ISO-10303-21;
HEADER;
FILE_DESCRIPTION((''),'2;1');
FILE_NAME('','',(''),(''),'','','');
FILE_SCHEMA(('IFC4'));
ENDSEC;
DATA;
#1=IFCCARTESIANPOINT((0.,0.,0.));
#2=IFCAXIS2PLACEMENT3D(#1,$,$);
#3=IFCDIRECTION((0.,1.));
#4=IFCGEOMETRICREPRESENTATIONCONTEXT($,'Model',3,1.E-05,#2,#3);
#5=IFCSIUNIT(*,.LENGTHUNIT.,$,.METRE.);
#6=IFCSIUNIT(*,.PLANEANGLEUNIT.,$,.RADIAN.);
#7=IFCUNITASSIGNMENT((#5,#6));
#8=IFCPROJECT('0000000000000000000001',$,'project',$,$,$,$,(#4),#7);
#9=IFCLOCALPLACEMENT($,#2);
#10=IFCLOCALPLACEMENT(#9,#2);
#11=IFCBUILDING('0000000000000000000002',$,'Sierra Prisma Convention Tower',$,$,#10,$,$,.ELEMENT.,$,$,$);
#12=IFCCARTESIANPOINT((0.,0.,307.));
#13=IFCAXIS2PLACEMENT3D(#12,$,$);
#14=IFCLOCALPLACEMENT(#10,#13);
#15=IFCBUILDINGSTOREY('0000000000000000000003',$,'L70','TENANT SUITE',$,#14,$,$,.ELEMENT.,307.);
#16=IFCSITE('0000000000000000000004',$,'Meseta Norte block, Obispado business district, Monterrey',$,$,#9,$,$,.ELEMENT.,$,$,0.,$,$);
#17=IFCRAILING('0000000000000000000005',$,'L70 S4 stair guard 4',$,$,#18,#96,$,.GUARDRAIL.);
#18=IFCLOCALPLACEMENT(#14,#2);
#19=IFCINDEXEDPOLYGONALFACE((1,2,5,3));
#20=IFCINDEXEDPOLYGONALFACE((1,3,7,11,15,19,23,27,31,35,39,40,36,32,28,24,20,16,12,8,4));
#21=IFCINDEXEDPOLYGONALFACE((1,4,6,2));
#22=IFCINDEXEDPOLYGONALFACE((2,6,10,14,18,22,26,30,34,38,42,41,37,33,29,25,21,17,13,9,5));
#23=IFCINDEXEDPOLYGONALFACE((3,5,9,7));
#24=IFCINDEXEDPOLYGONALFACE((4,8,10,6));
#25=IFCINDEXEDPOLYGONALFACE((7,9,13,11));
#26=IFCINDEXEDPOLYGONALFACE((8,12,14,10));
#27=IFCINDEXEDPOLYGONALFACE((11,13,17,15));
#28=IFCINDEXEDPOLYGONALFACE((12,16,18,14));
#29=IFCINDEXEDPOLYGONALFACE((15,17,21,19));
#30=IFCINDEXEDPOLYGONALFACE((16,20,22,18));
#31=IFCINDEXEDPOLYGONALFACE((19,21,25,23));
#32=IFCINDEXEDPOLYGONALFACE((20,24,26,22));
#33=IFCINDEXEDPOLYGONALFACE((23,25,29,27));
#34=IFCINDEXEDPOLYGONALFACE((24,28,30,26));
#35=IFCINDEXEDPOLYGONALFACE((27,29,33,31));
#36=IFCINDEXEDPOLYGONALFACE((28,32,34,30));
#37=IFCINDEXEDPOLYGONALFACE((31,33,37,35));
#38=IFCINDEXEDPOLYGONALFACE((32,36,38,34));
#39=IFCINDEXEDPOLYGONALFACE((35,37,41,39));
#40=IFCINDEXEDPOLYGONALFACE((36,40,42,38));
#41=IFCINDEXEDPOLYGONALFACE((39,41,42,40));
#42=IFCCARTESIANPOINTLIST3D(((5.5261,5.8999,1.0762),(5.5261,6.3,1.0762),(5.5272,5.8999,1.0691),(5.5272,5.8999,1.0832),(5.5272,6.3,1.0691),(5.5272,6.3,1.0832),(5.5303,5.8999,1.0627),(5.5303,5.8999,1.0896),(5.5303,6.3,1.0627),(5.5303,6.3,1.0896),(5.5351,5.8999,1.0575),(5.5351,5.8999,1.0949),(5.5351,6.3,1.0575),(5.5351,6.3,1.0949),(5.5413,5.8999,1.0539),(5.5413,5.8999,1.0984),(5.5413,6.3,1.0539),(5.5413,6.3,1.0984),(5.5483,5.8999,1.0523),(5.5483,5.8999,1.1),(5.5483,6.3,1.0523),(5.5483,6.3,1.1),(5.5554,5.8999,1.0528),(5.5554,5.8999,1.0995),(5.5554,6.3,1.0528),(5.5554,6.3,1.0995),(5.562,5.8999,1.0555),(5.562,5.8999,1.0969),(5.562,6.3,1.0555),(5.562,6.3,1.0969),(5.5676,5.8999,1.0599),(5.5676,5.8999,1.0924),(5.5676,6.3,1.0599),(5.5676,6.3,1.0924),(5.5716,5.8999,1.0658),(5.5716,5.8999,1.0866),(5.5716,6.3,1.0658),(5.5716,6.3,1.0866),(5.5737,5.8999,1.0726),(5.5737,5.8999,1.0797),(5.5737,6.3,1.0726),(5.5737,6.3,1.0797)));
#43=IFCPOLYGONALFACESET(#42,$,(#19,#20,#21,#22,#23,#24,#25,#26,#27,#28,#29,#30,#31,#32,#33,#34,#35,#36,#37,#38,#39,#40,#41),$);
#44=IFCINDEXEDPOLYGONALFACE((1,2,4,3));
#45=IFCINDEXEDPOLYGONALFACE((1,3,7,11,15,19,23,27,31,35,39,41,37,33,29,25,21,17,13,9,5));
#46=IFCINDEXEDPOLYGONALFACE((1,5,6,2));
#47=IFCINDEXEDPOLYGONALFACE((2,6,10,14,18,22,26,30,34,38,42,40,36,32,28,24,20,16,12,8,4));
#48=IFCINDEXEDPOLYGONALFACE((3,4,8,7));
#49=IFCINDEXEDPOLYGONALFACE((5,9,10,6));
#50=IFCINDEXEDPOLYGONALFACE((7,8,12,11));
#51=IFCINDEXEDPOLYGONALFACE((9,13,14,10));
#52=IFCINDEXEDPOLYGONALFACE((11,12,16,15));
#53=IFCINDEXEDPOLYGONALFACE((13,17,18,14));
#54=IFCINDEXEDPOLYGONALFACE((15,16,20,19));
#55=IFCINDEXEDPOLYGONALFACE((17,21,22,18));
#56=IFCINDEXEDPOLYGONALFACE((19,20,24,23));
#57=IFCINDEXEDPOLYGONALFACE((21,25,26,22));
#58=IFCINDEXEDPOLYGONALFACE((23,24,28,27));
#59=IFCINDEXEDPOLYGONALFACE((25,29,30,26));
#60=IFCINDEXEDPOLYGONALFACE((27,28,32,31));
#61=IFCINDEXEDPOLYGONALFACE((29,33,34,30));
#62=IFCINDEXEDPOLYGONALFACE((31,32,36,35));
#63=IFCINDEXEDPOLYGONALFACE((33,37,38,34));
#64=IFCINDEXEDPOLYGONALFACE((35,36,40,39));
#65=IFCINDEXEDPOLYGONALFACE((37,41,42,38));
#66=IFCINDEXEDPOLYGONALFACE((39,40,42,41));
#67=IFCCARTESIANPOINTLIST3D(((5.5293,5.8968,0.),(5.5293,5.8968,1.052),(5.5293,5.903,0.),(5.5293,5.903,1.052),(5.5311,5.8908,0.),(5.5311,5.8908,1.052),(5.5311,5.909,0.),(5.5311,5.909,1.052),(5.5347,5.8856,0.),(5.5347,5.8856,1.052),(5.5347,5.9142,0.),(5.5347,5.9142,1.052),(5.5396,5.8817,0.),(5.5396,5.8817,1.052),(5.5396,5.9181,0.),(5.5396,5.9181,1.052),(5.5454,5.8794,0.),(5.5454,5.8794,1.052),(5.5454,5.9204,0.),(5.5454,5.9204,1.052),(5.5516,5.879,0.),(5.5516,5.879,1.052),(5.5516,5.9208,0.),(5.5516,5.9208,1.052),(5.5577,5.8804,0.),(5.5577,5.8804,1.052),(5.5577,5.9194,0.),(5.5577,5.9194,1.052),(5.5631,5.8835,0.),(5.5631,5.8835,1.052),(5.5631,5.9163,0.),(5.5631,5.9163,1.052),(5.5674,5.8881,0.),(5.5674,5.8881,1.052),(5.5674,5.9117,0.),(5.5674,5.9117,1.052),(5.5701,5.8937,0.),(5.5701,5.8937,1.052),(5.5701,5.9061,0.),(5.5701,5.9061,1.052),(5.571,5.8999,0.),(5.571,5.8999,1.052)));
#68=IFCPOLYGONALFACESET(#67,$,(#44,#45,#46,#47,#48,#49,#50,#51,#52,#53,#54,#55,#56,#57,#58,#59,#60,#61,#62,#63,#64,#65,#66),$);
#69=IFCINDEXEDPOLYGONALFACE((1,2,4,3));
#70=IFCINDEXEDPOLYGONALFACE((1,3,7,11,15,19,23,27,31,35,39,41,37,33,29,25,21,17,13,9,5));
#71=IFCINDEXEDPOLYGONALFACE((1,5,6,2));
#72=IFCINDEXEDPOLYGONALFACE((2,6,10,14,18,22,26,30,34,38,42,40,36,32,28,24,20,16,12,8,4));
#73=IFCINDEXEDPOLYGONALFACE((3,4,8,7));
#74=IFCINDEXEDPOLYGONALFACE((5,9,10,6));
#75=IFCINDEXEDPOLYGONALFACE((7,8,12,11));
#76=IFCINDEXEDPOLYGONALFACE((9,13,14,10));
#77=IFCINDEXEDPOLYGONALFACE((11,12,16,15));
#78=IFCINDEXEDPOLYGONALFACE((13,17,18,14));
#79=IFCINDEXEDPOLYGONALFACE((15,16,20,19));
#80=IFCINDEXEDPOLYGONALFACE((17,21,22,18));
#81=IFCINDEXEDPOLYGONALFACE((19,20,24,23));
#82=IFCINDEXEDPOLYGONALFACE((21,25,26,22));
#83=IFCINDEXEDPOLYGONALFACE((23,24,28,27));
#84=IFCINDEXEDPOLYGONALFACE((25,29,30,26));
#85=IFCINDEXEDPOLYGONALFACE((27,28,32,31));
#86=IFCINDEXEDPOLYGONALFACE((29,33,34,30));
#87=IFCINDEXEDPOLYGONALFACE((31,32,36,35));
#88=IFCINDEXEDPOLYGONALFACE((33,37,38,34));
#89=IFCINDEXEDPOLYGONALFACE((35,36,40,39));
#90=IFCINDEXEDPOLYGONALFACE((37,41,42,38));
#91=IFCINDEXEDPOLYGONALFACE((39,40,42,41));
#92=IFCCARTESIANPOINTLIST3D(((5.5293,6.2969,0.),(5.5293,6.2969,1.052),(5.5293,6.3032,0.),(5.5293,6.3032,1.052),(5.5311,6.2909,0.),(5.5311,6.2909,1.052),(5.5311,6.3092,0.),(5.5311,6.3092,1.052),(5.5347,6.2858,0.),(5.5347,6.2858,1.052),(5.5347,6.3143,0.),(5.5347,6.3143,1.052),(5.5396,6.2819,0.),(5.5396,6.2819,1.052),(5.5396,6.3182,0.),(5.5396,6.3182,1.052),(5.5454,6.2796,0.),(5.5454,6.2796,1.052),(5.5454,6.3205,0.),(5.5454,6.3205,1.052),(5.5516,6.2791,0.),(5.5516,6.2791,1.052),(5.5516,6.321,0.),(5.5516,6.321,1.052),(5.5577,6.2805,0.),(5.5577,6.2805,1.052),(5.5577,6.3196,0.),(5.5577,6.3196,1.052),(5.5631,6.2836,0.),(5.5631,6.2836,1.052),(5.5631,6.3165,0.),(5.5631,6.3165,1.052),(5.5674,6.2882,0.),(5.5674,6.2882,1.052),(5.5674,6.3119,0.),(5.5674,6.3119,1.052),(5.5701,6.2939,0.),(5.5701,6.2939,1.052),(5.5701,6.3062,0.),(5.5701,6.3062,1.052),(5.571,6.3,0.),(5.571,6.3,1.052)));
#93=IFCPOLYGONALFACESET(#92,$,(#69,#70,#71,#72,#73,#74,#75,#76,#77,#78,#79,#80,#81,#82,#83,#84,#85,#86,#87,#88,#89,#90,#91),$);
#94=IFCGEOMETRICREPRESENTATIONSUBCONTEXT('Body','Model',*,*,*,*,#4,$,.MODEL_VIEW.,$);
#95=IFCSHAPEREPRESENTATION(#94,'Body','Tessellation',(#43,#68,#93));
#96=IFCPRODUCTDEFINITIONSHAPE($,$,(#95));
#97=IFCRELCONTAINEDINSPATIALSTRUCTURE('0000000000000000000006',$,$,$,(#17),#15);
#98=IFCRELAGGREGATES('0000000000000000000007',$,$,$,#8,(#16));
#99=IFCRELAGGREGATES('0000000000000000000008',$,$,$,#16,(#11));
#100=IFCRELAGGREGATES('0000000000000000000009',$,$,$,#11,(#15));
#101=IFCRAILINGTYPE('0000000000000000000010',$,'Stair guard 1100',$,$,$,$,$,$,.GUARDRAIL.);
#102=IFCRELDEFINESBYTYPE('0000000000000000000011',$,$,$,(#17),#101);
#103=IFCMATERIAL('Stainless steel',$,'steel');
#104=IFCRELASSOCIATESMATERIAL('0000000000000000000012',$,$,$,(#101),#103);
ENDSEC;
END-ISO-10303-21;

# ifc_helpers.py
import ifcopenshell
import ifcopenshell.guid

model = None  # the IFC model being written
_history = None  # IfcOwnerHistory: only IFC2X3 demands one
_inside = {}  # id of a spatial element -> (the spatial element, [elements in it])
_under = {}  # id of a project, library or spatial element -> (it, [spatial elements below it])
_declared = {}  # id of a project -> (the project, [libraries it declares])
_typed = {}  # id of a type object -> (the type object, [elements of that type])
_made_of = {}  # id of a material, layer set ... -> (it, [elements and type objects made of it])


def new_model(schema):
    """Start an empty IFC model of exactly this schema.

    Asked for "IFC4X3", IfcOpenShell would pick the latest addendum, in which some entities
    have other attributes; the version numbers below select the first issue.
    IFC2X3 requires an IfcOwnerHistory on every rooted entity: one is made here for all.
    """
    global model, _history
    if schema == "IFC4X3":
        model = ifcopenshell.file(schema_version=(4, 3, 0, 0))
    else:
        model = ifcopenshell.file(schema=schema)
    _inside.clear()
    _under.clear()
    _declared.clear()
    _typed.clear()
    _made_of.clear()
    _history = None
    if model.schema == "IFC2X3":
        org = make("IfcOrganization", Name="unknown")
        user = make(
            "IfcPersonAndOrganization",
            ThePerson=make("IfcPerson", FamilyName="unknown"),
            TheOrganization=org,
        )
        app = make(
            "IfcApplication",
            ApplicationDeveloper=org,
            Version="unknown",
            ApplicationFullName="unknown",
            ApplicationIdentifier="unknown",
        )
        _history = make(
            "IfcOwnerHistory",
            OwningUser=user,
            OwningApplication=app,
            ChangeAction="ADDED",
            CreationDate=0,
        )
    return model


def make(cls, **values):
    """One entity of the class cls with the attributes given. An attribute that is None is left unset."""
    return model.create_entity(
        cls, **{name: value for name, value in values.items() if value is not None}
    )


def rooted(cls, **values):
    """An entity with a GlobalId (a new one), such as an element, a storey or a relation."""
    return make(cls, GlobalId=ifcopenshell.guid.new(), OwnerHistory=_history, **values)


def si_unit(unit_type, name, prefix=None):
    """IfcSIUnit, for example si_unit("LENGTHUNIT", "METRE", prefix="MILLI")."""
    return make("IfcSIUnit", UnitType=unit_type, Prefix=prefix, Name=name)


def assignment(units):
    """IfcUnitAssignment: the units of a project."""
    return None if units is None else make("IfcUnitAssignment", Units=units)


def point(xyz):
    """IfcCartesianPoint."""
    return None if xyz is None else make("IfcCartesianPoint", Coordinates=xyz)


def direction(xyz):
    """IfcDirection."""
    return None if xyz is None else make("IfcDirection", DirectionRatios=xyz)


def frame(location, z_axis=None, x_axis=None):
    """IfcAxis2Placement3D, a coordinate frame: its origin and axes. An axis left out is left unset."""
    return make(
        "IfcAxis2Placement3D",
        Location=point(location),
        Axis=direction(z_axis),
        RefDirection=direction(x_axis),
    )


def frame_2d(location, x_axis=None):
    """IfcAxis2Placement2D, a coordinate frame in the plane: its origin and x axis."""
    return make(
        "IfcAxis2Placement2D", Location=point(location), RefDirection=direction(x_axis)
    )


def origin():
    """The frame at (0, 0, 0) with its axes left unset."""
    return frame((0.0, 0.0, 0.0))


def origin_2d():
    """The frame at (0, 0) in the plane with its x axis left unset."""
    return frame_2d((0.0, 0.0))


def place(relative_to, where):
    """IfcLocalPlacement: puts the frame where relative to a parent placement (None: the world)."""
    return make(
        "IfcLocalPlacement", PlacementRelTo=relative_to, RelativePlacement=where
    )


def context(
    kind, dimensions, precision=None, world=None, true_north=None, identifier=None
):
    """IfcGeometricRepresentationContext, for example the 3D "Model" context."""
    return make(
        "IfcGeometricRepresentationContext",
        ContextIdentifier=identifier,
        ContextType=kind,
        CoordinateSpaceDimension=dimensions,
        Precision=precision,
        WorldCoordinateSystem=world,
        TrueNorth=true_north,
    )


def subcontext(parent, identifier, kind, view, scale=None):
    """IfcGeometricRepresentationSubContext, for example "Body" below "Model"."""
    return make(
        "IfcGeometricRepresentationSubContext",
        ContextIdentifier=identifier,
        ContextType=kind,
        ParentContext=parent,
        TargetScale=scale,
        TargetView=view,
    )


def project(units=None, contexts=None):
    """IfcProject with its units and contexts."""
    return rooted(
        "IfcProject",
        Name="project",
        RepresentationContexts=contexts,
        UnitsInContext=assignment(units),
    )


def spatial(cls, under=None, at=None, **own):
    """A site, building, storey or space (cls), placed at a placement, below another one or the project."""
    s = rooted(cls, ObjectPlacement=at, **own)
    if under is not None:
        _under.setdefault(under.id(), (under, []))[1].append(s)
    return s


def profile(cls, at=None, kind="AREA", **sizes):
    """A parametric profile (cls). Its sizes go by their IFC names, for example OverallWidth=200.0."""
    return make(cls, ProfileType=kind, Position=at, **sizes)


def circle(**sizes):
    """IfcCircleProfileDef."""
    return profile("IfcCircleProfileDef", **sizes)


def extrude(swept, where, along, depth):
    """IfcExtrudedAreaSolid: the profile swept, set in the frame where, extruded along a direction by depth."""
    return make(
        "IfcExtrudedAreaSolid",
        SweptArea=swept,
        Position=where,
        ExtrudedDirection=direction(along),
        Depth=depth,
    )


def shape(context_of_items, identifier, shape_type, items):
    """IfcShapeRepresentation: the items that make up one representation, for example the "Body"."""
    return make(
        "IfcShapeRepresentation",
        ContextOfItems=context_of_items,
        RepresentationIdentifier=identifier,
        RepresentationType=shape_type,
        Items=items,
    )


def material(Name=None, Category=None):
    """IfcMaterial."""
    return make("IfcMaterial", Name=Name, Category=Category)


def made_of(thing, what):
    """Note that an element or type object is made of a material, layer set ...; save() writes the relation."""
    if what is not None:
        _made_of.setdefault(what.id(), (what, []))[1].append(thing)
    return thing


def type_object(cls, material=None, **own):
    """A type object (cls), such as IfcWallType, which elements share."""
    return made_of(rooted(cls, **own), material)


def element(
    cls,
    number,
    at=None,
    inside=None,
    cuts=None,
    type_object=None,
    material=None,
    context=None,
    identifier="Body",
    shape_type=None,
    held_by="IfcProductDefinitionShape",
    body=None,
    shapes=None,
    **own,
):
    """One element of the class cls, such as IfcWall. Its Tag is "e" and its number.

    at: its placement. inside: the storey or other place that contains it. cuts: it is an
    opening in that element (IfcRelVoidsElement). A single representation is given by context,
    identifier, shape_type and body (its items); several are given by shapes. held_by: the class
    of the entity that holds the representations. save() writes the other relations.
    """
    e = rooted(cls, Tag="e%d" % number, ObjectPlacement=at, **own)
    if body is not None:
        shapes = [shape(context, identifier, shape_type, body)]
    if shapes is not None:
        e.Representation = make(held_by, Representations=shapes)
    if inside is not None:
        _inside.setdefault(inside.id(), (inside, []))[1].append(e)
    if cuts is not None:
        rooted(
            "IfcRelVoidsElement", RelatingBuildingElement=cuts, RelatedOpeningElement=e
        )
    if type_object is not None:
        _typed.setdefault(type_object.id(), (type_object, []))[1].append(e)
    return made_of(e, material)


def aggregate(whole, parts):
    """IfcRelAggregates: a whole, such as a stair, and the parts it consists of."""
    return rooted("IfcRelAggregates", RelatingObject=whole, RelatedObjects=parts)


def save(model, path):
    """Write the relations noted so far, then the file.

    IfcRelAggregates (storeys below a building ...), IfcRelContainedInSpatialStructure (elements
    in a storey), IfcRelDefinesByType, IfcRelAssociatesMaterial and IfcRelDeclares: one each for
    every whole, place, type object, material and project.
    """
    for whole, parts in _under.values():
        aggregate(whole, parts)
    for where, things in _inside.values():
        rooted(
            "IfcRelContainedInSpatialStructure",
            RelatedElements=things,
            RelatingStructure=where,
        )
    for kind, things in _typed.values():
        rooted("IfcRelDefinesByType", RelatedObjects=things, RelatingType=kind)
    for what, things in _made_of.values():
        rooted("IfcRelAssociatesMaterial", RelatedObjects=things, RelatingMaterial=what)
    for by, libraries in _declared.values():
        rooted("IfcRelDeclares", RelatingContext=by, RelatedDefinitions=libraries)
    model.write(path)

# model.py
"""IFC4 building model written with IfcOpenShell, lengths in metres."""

from ifc_helpers import new_model, si_unit, direction, frame, origin, origin_2d, place, context, subcontext, project, spatial, circle, extrude, material, type_object, element, save


model = new_model("IFC4")

# Units and contexts
model_context = context("Model", 3, precision=1e-05, world=origin(), true_north=direction((0.0, 1.0)))
body_context = subcontext(model_context, "Body", "Model", "MODEL_VIEW")
ifc_project = project(units=[si_unit("LENGTHUNIT", "METRE"), si_unit("PLANEANGLEUNIT", "RADIAN")], contexts=[model_context])

# Site, building, storey
site_placement = place(None, origin())
site = spatial("IfcSite", under=ifc_project, at=site_placement, Name="Meseta Norte block, Obispado business district, Monterrey", CompositionType="ELEMENT", RefElevation=0.0)
building_placement = place(site_placement, origin())
building = spatial("IfcBuilding", under=site, at=building_placement, Name="Sierra Prisma Convention Tower", CompositionType="ELEMENT")
storey_placement = place(building_placement, frame((0.0, 0.0, 307.0)))
storey = spatial("IfcBuildingStorey", under=building, at=storey_placement, Name="L70", Description="TENANT SUITE", CompositionType="ELEMENT", Elevation=307.0)

# Railing
ifc_material_1 = material(Name="Stainless steel", Category="steel")
railing_type_1 = type_object("IfcRailingType", Name="Stair guard 1100", PredefinedType="GUARDRAIL", material=ifc_material_1)
railing_1_placement = place(storey_placement, frame((5.55, 5.8999, 0.0)))
element("IfcRailing", 1, at=railing_1_placement, inside=storey, type_object=railing_type_1, Name="L70 S4 stair guard 4", PredefinedType="GUARDRAIL", context=body_context, shape_type="SweptSolid", body=[
    extrude(circle(Radius=0.0239, at=origin_2d()), frame((0.0, 0.0, 1.0762), z_axis=(0.0, 1.0, 0.0), x_axis=(-1.0, 0.0, 0.0)), (0.0, 0.0, 1.0), 0.4001),
    extrude(circle(Radius=0.021, at=origin_2d()), origin(), (0.0, 0.0, 1.0), 1.052),
    extrude(circle(Radius=0.021, at=origin_2d()), frame((0.0, 0.4001, 0.0)), (0.0, 0.0, 1.0), 1.052),
])

save(model, "model.ifc")
